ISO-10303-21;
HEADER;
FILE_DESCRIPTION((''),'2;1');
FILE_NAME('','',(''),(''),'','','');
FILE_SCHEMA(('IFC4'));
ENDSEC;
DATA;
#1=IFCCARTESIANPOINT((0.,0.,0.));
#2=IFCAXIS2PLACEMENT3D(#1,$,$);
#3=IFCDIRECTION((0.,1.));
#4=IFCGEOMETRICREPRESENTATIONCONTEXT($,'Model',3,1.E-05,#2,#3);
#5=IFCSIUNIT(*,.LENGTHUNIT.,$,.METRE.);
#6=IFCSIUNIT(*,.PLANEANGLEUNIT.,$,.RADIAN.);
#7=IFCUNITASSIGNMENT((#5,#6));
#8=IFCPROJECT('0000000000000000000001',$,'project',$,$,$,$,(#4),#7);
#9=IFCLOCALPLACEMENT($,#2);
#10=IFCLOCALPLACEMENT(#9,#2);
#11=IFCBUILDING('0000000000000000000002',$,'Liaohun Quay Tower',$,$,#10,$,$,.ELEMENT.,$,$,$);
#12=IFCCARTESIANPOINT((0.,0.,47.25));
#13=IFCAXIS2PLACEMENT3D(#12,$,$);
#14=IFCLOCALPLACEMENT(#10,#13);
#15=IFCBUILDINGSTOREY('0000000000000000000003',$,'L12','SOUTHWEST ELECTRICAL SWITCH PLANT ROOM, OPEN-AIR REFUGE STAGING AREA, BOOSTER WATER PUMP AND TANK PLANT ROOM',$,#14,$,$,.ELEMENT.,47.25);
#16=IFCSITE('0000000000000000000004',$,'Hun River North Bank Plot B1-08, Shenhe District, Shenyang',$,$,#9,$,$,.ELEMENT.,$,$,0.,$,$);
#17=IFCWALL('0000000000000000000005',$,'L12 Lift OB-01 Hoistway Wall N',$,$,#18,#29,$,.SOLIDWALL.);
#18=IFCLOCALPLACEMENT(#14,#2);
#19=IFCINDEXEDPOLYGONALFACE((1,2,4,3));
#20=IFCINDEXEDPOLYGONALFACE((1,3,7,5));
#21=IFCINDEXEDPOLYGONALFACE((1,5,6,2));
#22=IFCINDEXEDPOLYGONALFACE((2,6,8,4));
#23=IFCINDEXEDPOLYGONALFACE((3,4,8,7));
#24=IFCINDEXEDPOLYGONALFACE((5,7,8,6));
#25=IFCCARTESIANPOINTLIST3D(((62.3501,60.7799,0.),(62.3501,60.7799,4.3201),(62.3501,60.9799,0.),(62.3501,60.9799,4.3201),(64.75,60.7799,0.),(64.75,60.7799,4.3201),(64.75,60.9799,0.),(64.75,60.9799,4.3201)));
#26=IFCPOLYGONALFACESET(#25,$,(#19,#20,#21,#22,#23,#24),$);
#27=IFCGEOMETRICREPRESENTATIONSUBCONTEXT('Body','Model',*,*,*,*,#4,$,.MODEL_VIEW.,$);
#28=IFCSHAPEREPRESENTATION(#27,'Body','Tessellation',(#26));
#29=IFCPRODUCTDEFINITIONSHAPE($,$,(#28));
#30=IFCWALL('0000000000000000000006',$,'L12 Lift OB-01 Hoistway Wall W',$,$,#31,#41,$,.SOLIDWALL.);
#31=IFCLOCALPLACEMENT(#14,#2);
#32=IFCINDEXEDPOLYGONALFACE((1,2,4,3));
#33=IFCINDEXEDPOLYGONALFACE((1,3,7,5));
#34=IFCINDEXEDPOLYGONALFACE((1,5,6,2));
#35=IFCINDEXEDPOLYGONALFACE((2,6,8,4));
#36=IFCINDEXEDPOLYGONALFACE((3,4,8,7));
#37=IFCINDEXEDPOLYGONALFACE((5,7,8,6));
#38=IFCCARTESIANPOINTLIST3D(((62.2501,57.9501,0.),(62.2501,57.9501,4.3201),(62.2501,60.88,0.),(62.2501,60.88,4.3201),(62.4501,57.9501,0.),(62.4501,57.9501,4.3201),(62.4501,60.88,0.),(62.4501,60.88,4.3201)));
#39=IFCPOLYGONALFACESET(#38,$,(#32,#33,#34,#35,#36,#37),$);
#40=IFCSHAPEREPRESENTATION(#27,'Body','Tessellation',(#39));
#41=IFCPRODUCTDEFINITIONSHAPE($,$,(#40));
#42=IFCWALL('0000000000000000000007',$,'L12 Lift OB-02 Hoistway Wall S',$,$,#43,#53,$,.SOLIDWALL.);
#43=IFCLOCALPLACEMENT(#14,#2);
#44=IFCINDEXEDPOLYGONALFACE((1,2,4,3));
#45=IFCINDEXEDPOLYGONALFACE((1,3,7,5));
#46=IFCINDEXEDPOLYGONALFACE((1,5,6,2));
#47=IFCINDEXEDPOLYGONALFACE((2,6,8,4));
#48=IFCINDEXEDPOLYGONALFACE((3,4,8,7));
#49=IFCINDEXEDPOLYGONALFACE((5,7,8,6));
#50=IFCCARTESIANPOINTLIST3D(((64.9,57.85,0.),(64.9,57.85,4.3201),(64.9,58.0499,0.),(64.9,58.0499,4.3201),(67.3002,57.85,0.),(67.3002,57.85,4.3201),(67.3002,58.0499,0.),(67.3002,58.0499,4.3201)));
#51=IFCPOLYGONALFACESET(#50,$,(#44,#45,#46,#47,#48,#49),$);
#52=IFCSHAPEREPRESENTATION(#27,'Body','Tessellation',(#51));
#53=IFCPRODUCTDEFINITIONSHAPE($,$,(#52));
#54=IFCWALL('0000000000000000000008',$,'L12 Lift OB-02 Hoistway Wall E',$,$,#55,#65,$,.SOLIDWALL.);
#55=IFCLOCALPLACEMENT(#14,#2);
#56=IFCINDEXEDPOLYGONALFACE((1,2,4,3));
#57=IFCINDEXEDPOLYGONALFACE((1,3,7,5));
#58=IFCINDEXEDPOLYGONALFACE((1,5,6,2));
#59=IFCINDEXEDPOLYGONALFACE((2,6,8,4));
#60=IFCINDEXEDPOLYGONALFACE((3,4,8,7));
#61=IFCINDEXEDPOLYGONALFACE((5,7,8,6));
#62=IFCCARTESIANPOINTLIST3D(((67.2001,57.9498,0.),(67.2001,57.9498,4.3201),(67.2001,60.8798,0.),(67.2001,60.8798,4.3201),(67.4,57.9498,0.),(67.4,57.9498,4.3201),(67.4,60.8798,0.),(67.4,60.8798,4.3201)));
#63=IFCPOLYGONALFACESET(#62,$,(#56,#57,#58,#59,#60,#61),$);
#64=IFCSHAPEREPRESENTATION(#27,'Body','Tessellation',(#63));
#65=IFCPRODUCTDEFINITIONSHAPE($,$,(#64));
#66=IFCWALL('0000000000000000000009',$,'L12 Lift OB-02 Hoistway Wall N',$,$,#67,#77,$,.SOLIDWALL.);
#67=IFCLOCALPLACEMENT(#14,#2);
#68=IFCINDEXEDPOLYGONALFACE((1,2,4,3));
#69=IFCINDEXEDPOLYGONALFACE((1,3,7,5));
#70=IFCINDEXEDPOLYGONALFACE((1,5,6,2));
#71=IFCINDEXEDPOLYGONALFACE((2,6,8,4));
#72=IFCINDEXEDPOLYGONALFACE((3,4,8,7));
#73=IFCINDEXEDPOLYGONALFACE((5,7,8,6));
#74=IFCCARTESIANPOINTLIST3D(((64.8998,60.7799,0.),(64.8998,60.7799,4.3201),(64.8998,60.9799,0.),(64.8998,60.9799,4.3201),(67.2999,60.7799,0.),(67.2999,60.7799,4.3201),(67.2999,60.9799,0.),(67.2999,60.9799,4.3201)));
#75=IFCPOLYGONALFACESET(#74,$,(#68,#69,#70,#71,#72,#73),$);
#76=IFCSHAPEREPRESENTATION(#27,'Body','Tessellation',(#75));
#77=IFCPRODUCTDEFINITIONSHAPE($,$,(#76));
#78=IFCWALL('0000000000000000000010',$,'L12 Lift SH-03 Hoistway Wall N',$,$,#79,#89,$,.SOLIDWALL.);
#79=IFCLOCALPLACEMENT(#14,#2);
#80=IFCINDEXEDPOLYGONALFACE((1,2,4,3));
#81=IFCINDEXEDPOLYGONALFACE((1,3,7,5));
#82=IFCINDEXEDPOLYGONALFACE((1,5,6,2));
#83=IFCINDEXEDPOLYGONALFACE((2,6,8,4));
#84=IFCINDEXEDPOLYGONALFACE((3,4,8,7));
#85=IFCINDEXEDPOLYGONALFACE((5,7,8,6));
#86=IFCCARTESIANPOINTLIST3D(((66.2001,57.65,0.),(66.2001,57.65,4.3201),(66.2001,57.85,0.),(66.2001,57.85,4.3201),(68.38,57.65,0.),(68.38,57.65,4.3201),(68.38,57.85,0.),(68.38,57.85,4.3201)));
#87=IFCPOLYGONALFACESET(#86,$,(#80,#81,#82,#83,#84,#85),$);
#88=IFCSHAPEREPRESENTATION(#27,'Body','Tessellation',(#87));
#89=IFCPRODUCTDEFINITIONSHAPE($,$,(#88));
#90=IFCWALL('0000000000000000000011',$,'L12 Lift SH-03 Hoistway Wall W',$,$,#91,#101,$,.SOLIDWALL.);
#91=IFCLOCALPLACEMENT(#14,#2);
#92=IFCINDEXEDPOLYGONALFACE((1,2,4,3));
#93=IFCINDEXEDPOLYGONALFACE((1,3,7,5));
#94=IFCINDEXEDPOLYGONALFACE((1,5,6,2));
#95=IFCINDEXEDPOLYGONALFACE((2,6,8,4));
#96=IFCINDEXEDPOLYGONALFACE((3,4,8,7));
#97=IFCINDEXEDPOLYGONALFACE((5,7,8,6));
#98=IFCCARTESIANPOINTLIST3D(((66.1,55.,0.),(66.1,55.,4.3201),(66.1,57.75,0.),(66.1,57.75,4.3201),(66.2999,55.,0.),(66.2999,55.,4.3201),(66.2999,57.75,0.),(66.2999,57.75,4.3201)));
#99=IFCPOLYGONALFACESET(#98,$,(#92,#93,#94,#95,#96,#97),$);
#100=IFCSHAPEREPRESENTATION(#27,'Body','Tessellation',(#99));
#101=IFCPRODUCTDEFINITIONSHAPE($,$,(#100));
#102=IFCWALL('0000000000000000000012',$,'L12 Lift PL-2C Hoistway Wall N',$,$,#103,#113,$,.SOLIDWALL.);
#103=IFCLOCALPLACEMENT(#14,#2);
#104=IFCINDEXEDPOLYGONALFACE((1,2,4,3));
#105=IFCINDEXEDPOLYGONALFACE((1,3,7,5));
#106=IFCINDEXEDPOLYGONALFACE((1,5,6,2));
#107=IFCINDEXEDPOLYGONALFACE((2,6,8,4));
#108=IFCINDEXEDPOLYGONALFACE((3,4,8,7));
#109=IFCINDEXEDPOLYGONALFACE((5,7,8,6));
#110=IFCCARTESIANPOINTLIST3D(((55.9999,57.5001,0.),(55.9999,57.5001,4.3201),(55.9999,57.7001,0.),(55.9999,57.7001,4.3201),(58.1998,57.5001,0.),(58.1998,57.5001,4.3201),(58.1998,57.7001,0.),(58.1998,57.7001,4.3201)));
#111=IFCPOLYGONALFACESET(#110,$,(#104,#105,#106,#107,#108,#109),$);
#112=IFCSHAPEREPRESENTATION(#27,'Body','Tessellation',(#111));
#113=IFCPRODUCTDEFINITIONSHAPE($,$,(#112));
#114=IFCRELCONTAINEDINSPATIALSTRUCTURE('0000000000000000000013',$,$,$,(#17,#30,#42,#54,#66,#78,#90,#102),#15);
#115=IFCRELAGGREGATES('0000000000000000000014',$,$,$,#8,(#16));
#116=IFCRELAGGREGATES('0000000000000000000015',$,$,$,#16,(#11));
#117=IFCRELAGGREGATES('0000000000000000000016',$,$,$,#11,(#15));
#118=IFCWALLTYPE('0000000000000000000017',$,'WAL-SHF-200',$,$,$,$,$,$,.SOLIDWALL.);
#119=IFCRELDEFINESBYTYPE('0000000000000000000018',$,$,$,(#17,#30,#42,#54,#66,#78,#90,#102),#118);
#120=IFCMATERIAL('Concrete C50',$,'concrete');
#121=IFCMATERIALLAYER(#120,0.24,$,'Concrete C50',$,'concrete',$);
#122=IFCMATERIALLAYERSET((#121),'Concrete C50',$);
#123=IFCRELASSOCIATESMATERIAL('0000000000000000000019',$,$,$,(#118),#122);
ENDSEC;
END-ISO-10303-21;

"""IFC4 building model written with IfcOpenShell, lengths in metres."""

from ifc_helpers import new_model, si_unit, direction, frame, frame_2d, origin, place, context, subcontext, project, spatial, rectangle, extrude, material, layer, layer_set, type_object, element, save


model = new_model("IFC4")

# Units and contexts
model_context = context("Model", 3, precision=1e-05, world=origin(), true_north=direction((0.0, 1.0)))
body_context = subcontext(model_context, "Body", "Model", "MODEL_VIEW")
ifc_project = project(units=[si_unit("LENGTHUNIT", "METRE"), si_unit("PLANEANGLEUNIT", "RADIAN")], contexts=[model_context])

# Site, building, storey
site_placement = place(None, origin())
site = spatial("IfcSite", under=ifc_project, at=site_placement, Name="Hun River North Bank Plot B1-08, Shenhe District, Shenyang", CompositionType="ELEMENT", RefElevation=0.0)
building_placement = place(site_placement, origin())
building = spatial("IfcBuilding", under=site, at=building_placement, Name="Liaohun Quay Tower", CompositionType="ELEMENT")
storey_placement = place(building_placement, frame((0.0, 0.0, 47.25)))
storey = spatial("IfcBuildingStorey", under=building, at=storey_placement, Name="L12", Description="SOUTHWEST ELECTRICAL SWITCH PLANT ROOM, OPEN-AIR REFUGE STAGING AREA, BOOSTER WATER PUMP AND TANK PLANT ROOM", CompositionType="ELEMENT", Elevation=47.25)

# Walls
ifc_material_1 = material(Name="Concrete C50", Category="concrete")
ifc_layer_1 = layer(ifc_material_1, 0.24, Name="Concrete C50", Category="concrete")
ifc_layer_set_1 = layer_set([ifc_layer_1], Name="Concrete C50")
wall_type_1 = type_object("IfcWallType", Name="WAL-SHF-200", PredefinedType="SOLIDWALL", material=ifc_layer_set_1)
wall_1_placement = place(storey_placement, frame((64.75, 60.8799, 0.0), z_axis=(0.0, 0.0, 1.0), x_axis=(-1.0, 0.0, 0.0)))
element("IfcWall", 1, at=wall_1_placement, inside=storey, type_object=wall_type_1, Name="L12 Lift OB-01 Hoistway Wall N", PredefinedType="SOLIDWALL", context=body_context, shape_type="SweptSolid", body=[
    extrude(rectangle(XDim=2.3999, YDim=0.2, at=frame_2d((1.2, 0.0))), origin(), (0.0, 0.0, 1.0), 4.3201),
])
wall_2_placement = place(storey_placement, frame((62.3501, 60.8799, 0.0), z_axis=(0.0, 0.0, 1.0), x_axis=(0.0, -1.0, 0.0)))
element("IfcWall", 2, at=wall_2_placement, inside=storey, type_object=wall_type_1, Name="L12 Lift OB-01 Hoistway Wall W", PredefinedType="SOLIDWALL", context=body_context, shape_type="SweptSolid", body=[
    extrude(rectangle(XDim=2.9299, YDim=0.2, at=frame_2d((1.4648, 0.0))), origin(), (0.0, 0.0, 1.0), 4.3201),
])
wall_3_placement = place(storey_placement, frame((64.8999, 57.95, 0.0), z_axis=(0.0, 0.0, 1.0), x_axis=(1.0, 0.0, 0.0)))
element("IfcWall", 3, at=wall_3_placement, inside=storey, type_object=wall_type_1, Name="L12 Lift OB-02 Hoistway Wall S", PredefinedType="SOLIDWALL", context=body_context, shape_type="SweptSolid", body=[
    extrude(rectangle(XDim=2.4001, YDim=0.2, at=frame_2d((1.2002, 0.0))), origin(), (0.0, 0.0, 1.0), 4.3201),
])
wall_4_placement = place(storey_placement, frame((67.3, 57.95, 0.0), z_axis=(0.0, 0.0, 1.0), x_axis=(0.0, 1.0, 0.0)))
element("IfcWall", 4, at=wall_4_placement, inside=storey, type_object=wall_type_1, Name="L12 Lift OB-02 Hoistway Wall E", PredefinedType="SOLIDWALL", context=body_context, shape_type="SweptSolid", body=[
    extrude(rectangle(XDim=2.9299, YDim=0.2, at=frame_2d((1.4648, 0.0))), origin(), (0.0, 0.0, 1.0), 4.3201),
])
wall_5_placement = place(storey_placement, frame((67.3, 60.8799, 0.0), z_axis=(0.0, 0.0, 1.0), x_axis=(-1.0, 0.0, 0.0)))
element("IfcWall", 5, at=wall_5_placement, inside=storey, type_object=wall_type_1, Name="L12 Lift OB-02 Hoistway Wall N", PredefinedType="SOLIDWALL", context=body_context, shape_type="SweptSolid", body=[
    extrude(rectangle(XDim=2.4001, YDim=0.2, at=frame_2d((1.2002, 0.0))), origin(), (0.0, 0.0, 1.0), 4.3201),
])
wall_6_placement = place(storey_placement, frame((68.3799, 57.75, 0.0), z_axis=(0.0, 0.0, 1.0), x_axis=(-1.0, 0.0, 0.0)))
element("IfcWall", 6, at=wall_6_placement, inside=storey, type_object=wall_type_1, Name="L12 Lift SH-03 Hoistway Wall N", PredefinedType="SOLIDWALL", context=body_context, shape_type="SweptSolid", body=[
    extrude(rectangle(XDim=2.1799, YDim=0.2, at=frame_2d((1.0898, 0.0))), origin(), (0.0, 0.0, 1.0), 4.3201),
])
wall_7_placement = place(storey_placement, frame((66.2, 57.75, 0.0), z_axis=(0.0, 0.0, 1.0), x_axis=(0.0, -1.0, 0.0)))
element("IfcWall", 7, at=wall_7_placement, inside=storey, type_object=wall_type_1, Name="L12 Lift SH-03 Hoistway Wall W", PredefinedType="SOLIDWALL", context=body_context, shape_type="SweptSolid", body=[
    extrude(rectangle(XDim=2.75, YDim=0.2, at=frame_2d((1.375, 0.0))), origin(), (0.0, 0.0, 1.0), 4.3201),
])
wall_8_placement = place(storey_placement, frame((58.2, 57.6001, 0.0), z_axis=(0.0, 0.0, 1.0), x_axis=(-1.0, 0.0, 0.0)))
element("IfcWall", 8, at=wall_8_placement, inside=storey, type_object=wall_type_1, Name="L12 Lift PL-2C Hoistway Wall N", PredefinedType="SOLIDWALL", context=body_context, shape_type="SweptSolid", body=[
    extrude(rectangle(XDim=2.2, YDim=0.2, at=frame_2d((1.1001, 0.0))), origin(), (0.0, 0.0, 1.0), 4.3201),
])

save(model, "model.ifc")
